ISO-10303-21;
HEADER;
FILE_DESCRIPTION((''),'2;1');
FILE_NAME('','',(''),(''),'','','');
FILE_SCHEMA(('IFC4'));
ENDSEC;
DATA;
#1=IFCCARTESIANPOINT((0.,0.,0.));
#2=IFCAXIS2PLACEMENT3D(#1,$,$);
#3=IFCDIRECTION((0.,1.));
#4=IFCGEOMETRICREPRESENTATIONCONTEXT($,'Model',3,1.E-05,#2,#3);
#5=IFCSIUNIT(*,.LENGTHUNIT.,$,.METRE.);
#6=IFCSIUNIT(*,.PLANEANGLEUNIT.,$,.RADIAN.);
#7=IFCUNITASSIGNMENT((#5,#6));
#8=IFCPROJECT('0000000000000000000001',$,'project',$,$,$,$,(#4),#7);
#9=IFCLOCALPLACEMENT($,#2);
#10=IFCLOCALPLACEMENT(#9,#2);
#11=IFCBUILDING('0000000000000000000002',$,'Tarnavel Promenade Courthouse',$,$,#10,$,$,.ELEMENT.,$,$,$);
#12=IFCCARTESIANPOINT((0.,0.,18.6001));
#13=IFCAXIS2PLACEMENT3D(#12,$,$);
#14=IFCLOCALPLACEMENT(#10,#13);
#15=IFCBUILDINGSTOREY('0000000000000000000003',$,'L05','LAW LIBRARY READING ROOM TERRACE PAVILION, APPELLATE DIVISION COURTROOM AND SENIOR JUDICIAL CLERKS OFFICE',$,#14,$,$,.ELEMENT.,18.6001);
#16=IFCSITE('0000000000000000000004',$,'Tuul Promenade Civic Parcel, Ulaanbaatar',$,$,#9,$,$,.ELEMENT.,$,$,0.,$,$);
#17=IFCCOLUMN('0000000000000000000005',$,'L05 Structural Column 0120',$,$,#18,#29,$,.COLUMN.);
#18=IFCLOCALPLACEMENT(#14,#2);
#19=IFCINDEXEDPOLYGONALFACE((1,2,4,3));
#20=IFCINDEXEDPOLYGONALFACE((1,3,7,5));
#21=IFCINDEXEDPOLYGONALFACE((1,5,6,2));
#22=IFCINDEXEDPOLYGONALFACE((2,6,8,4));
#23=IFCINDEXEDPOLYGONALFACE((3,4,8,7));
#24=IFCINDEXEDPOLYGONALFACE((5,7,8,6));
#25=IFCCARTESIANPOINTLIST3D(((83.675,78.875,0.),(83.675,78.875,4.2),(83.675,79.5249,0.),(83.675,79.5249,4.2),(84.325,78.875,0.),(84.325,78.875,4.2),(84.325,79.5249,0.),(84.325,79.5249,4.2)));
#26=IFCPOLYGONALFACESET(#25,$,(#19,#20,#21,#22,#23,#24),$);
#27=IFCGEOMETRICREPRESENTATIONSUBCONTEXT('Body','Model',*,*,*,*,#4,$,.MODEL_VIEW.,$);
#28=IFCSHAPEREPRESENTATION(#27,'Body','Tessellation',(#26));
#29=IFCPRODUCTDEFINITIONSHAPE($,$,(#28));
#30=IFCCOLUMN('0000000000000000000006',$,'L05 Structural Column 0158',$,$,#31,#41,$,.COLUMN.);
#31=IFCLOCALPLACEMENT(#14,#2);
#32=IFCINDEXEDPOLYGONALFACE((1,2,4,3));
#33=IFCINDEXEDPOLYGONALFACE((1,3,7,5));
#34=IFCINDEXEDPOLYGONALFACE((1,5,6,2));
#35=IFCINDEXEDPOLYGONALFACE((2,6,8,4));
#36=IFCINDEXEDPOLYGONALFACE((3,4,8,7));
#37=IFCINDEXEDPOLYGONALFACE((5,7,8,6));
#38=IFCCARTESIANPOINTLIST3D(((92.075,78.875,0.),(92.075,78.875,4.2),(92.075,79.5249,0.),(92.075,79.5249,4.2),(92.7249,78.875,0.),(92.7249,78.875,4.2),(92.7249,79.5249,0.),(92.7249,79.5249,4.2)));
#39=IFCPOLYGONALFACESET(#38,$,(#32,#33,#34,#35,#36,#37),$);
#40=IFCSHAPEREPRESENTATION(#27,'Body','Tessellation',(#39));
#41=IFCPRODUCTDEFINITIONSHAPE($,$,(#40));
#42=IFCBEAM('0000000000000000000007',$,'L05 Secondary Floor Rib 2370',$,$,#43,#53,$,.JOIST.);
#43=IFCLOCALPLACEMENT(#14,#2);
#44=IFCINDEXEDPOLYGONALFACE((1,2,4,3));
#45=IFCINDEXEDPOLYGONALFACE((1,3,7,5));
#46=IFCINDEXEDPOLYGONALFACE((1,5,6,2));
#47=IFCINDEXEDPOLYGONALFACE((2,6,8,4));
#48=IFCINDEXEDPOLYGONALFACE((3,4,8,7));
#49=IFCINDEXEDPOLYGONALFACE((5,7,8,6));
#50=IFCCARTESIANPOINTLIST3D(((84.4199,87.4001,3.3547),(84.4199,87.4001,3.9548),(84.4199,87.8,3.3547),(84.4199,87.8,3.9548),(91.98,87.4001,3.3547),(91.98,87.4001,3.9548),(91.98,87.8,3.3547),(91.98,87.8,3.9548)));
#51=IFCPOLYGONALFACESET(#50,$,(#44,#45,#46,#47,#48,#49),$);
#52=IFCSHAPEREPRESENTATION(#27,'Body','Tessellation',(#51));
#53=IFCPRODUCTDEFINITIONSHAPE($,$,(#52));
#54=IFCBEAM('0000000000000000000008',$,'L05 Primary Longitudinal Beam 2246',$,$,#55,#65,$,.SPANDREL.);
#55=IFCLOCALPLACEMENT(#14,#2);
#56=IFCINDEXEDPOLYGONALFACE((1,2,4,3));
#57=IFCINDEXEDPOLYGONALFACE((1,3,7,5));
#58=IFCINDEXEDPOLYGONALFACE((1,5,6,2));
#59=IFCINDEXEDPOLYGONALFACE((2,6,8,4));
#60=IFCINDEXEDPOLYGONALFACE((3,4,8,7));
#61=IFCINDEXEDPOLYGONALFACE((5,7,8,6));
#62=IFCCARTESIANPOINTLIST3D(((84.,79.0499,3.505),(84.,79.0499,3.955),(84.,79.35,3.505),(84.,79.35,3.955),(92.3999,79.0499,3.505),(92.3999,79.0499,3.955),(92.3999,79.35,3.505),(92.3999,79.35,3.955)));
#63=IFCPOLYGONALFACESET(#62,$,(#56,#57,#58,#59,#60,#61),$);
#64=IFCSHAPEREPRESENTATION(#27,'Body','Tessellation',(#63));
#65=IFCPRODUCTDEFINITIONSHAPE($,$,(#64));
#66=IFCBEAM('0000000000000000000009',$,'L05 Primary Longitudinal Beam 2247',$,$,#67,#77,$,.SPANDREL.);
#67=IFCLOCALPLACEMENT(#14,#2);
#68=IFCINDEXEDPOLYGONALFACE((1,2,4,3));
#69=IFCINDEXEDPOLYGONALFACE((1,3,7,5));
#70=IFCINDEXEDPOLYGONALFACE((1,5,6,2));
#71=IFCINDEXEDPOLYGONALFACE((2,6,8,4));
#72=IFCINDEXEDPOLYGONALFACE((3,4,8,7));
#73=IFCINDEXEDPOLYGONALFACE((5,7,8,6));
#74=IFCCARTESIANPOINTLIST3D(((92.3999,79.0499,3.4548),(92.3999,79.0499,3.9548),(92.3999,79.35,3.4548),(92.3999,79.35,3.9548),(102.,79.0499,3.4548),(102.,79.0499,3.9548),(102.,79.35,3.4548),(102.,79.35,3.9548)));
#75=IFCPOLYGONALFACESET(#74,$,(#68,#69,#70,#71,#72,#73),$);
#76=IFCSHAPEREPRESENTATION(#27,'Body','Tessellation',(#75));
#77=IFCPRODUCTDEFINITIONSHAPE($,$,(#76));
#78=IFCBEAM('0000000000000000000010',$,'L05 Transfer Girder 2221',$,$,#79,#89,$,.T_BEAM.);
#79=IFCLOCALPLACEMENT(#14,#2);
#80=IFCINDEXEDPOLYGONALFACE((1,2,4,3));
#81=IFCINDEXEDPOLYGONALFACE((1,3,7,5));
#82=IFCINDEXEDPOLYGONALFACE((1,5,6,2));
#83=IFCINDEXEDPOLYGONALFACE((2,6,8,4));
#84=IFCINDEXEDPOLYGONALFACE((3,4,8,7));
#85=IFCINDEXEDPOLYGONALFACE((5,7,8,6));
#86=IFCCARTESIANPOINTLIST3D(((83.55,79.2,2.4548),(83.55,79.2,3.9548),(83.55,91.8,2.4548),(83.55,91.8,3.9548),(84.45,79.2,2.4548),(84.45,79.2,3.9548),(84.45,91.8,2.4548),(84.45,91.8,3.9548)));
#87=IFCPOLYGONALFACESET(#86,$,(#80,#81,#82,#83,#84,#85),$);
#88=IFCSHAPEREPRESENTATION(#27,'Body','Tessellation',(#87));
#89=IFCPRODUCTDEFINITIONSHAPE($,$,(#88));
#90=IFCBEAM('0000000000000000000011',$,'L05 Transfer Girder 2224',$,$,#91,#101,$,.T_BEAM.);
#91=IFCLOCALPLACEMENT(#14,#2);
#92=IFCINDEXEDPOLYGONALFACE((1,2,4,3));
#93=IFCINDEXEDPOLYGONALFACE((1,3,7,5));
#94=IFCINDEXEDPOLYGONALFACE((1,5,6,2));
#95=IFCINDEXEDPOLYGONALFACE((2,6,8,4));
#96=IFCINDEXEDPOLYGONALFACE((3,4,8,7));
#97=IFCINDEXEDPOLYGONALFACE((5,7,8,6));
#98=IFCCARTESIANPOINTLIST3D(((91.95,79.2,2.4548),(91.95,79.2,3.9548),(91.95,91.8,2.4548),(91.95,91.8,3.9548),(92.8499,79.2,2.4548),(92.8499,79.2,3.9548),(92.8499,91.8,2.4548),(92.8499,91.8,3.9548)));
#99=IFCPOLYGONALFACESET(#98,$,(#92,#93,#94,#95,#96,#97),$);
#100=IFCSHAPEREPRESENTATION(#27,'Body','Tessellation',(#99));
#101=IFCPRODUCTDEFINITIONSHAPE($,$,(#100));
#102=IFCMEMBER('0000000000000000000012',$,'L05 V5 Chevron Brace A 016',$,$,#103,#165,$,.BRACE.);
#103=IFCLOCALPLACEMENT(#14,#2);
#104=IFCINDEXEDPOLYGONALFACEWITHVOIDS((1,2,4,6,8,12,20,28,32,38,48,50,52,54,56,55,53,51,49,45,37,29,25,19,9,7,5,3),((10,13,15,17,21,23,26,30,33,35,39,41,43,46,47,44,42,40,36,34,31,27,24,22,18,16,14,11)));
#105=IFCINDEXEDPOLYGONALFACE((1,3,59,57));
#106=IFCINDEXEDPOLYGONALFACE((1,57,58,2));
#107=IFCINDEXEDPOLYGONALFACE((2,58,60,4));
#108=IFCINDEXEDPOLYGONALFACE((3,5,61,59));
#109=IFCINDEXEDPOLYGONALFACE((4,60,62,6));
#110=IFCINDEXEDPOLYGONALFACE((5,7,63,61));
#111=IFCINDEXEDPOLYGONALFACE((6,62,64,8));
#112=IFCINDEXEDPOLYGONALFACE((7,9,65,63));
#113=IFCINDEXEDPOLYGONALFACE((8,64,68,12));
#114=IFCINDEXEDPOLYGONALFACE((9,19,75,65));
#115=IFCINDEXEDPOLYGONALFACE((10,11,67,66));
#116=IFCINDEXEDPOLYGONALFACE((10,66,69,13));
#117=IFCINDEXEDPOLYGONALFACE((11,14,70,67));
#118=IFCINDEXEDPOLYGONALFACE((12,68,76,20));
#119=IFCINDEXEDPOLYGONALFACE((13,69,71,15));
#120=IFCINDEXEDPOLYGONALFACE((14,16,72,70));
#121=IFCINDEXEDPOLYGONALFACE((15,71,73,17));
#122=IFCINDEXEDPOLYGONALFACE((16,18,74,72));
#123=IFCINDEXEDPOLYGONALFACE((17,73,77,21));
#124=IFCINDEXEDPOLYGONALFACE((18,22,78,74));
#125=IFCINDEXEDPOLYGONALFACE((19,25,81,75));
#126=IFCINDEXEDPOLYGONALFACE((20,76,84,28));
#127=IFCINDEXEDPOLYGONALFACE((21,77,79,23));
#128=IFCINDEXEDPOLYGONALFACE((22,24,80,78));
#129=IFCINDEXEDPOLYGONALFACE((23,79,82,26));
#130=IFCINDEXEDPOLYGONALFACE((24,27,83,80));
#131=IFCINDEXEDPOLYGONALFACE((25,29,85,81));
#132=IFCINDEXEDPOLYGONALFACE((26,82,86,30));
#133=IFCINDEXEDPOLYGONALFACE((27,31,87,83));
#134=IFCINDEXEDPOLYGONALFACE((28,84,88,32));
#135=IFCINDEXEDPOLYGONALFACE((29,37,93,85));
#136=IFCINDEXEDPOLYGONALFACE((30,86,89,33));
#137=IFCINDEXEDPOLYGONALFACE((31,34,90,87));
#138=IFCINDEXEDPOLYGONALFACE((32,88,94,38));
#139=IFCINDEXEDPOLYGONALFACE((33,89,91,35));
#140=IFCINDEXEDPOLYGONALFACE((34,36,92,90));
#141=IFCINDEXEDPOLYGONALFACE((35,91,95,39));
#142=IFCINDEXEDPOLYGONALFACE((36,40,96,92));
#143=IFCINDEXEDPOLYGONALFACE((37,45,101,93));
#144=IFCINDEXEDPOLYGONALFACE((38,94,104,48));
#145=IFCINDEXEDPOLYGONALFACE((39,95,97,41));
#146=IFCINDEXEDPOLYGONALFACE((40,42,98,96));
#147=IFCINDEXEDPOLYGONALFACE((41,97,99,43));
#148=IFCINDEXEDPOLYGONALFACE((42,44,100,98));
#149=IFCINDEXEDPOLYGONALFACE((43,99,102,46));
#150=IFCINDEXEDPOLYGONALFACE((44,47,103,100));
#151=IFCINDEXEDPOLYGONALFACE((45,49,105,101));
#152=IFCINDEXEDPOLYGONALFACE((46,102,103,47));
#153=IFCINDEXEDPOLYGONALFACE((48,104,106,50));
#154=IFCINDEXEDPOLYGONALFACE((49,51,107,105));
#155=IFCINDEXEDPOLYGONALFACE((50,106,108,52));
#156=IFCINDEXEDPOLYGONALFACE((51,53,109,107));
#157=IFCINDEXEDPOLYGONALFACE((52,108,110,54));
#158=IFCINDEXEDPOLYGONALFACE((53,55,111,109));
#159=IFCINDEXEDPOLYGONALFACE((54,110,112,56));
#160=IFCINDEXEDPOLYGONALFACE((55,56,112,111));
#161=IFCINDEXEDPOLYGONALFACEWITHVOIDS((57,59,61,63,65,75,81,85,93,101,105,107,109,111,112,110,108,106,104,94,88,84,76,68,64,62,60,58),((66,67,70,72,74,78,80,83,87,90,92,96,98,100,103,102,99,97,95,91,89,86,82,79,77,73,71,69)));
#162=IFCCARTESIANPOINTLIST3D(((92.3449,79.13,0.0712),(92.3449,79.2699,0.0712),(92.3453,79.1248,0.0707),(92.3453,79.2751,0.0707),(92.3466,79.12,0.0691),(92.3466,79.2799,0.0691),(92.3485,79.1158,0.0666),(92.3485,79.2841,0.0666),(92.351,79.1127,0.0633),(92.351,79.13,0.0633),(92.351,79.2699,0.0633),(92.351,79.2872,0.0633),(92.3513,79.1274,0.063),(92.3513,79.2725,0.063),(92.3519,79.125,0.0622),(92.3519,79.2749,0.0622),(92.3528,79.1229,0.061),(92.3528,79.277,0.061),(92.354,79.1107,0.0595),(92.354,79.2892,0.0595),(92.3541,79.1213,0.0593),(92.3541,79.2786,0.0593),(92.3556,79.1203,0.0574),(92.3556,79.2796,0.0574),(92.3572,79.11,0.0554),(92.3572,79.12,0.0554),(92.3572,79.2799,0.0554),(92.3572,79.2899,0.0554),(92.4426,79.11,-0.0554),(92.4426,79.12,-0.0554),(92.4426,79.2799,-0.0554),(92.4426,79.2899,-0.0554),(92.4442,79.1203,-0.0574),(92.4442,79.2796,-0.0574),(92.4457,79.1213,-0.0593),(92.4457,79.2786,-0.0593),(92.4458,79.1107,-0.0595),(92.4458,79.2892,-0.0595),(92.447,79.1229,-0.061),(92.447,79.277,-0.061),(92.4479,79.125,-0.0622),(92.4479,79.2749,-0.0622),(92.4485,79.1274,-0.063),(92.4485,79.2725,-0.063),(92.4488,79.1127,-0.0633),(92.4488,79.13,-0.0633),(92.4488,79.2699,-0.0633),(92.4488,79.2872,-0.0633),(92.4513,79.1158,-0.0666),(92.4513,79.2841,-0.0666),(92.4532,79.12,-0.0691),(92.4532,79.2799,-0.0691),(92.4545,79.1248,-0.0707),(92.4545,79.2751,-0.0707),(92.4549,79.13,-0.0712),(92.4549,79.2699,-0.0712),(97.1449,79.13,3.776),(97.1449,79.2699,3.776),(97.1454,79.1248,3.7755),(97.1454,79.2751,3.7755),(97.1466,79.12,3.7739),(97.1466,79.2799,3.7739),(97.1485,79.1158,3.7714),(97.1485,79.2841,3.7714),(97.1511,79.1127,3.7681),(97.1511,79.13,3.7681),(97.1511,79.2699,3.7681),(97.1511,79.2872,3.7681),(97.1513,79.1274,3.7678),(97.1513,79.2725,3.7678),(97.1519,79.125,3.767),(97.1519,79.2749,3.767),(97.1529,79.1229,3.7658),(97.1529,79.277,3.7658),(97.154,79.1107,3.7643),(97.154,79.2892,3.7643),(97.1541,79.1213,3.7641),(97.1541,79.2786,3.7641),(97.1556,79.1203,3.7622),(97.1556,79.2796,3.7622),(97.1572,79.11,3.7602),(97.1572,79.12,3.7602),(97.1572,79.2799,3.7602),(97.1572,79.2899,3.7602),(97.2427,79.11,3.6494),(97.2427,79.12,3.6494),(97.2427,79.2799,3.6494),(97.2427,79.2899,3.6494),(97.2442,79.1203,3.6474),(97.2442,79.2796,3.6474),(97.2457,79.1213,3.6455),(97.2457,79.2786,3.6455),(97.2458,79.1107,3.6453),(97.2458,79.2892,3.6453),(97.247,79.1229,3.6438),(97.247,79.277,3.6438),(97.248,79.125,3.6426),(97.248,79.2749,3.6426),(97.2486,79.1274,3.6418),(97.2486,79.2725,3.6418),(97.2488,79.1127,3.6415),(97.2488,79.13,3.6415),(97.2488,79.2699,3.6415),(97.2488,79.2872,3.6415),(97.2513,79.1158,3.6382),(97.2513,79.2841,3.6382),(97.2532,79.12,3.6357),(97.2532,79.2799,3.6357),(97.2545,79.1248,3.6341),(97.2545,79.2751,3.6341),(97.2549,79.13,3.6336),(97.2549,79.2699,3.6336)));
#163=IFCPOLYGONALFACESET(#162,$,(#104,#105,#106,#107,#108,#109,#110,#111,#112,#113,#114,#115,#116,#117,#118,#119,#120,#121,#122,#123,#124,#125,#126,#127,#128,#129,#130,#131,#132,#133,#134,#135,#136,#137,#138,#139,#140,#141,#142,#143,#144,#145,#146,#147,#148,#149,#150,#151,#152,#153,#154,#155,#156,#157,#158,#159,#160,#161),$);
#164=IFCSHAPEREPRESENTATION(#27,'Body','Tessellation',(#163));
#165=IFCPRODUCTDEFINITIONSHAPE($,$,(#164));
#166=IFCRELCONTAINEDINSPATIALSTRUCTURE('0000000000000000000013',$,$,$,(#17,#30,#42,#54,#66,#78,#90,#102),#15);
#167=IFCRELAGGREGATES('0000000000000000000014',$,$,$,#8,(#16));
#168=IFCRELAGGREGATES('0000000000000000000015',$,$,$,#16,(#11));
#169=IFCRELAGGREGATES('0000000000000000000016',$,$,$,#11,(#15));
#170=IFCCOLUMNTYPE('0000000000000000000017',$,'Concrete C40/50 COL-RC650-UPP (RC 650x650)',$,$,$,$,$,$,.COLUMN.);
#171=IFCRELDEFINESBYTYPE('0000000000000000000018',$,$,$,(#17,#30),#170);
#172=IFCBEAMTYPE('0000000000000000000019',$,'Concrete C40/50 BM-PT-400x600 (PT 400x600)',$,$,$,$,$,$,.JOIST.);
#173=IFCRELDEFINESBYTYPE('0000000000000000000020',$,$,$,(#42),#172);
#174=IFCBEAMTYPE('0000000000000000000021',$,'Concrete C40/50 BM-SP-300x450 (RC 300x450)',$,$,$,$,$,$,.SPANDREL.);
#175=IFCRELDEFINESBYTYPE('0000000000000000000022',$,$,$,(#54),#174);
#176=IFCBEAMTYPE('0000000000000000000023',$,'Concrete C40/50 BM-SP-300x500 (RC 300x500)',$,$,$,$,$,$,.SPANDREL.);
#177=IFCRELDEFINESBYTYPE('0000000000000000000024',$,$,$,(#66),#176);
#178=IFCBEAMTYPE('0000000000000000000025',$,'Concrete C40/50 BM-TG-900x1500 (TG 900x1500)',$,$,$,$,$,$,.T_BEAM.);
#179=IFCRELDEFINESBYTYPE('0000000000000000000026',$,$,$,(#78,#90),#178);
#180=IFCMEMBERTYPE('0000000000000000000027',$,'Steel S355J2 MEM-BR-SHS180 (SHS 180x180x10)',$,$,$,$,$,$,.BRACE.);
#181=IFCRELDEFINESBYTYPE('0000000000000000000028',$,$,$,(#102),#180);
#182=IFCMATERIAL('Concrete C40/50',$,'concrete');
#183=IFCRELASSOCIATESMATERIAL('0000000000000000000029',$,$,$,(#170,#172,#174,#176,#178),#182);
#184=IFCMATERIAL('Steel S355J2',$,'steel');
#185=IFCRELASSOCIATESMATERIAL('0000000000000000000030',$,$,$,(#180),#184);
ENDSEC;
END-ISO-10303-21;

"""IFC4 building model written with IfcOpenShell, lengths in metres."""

from ifc_helpers import new_model, si_unit, direction, frame, origin, origin_2d, place, context, subcontext, project, spatial, rectangle, hollow_rectangle, extrude, material, material_profile, profile_set, type_object, element, save


model = new_model("IFC4")

# Units and contexts
model_context = context("Model", 3, precision=1e-05, world=origin(), true_north=direction((0.0, 1.0)))
body_context = subcontext(model_context, "Body", "Model", "MODEL_VIEW")
ifc_project = project(units=[si_unit("LENGTHUNIT", "METRE"), si_unit("PLANEANGLEUNIT", "RADIAN")], contexts=[model_context])

# Site, building, storey
site_placement = place(None, origin())
site = spatial("IfcSite", under=ifc_project, at=site_placement, Name="Tuul Promenade Civic Parcel, Ulaanbaatar", CompositionType="ELEMENT", RefElevation=0.0)
building_placement = place(site_placement, origin())
building = spatial("IfcBuilding", under=site, at=building_placement, Name="Tarnavel Promenade Courthouse", CompositionType="ELEMENT")
storey_placement = place(building_placement, frame((0.0, 0.0, 18.6001)))
storey = spatial("IfcBuildingStorey", under=building, at=storey_placement, Name="L05", Description="LAW LIBRARY READING ROOM TERRACE PAVILION, APPELLATE DIVISION COURTROOM AND SENIOR JUDICIAL CLERKS OFFICE", CompositionType="ELEMENT", Elevation=18.6001)

# Columns
ifc_material_1 = material(Name="Concrete C40/50", Category="concrete")
ifc_material_profile_1 = material_profile(ifc_material_1, rectangle(XDim=0.6499, YDim=0.6499, at=origin_2d()), Name="RC 650x650")
ifc_profile_set_1 = profile_set([ifc_material_profile_1], Name="Concrete C40/50")
column_type = type_object("IfcColumnType", Name="Concrete C40/50 COL-RC650-UPP (RC 650x650)", PredefinedType="COLUMN", material=ifc_profile_set_1)
for number, where, z_axis, x_axis, name in (
    (1, (84.0, 79.2, 0.0), (0.0, 0.0, 1.0), (1.0, 0.0, 0.0), "L05 Structural Column 0120"),
    (2, (92.3999, 79.2, 0.0), (0.0, 0.0, 1.0), (1.0, 0.0, 0.0), "L05 Structural Column 0158"),
):
    element("IfcColumn", number, at=place(storey_placement, frame(where, z_axis=z_axis, x_axis=x_axis)), inside=storey, type_object=column_type, Name=name, PredefinedType="COLUMN", context=body_context, shape_type="SweptSolid", body=[
        extrude(rectangle(XDim=0.6499, YDim=0.6499, at=origin_2d()), origin(), (0.0, 0.0, 1.0), 4.2),
    ])

# Beams
ifc_material_profile_2 = material_profile(ifc_material_1, rectangle(XDim=0.3999, YDim=0.6001, at=origin_2d()), Name="PT 400x600")
ifc_profile_set_2 = profile_set([ifc_material_profile_2], Name="Concrete C40/50")
beam_type_1 = type_object("IfcBeamType", Name="Concrete C40/50 BM-PT-400x600 (PT 400x600)", PredefinedType="JOIST", material=ifc_profile_set_2)
beam_1_placement = place(storey_placement, frame((84.4199, 87.6001, 3.6548), z_axis=(1.0, 0.0, 0.0), x_axis=(0.0, 1.0, 0.0)))
element("IfcBeam", 3, at=beam_1_placement, inside=storey, type_object=beam_type_1, Name="L05 Secondary Floor Rib 2370", PredefinedType="JOIST", context=body_context, shape_type="SweptSolid", body=[
    extrude(rectangle(XDim=0.3999, YDim=0.6001, at=origin_2d()), origin(), (0.0, 0.0, 1.0), 7.5601),
])
ifc_material_profile_3 = material_profile(ifc_material_1, rectangle(XDim=0.3, YDim=0.45, at=origin_2d()), Name="RC 300x450")
ifc_profile_set_3 = profile_set([ifc_material_profile_3], Name="Concrete C40/50")
beam_type_2 = type_object("IfcBeamType", Name="Concrete C40/50 BM-SP-300x450 (RC 300x450)", PredefinedType="SPANDREL", material=ifc_profile_set_3)
beam_2_placement = place(storey_placement, frame((84.0, 79.2, 3.73), z_axis=(1.0, 0.0, 0.0), x_axis=(0.0, 1.0, 0.0)))
element("IfcBeam", 4, at=beam_2_placement, inside=storey, type_object=beam_type_2, Name="L05 Primary Longitudinal Beam 2246", PredefinedType="SPANDREL", context=body_context, shape_type="SweptSolid", body=[
    extrude(rectangle(XDim=0.3, YDim=0.45, at=origin_2d()), origin(), (0.0, 0.0, 1.0), 8.3999),
])
ifc_material_profile_4 = material_profile(ifc_material_1, rectangle(XDim=0.3, YDim=0.5, at=origin_2d()), Name="RC 300x500")
ifc_profile_set_4 = profile_set([ifc_material_profile_4], Name="Concrete C40/50")
beam_type_3 = type_object("IfcBeamType", Name="Concrete C40/50 BM-SP-300x500 (RC 300x500)", PredefinedType="SPANDREL", material=ifc_profile_set_4)
beam_3_placement = place(storey_placement, frame((92.3999, 79.2, 3.7048), z_axis=(1.0, 0.0, 0.0), x_axis=(0.0, 1.0, 0.0)))
element("IfcBeam", 5, at=beam_3_placement, inside=storey, type_object=beam_type_3, Name="L05 Primary Longitudinal Beam 2247", PredefinedType="SPANDREL", context=body_context, shape_type="SweptSolid", body=[
    extrude(rectangle(XDim=0.3, YDim=0.5, at=origin_2d()), origin(), (0.0, 0.0, 1.0), 9.6001),
])
ifc_material_profile_5 = material_profile(ifc_material_1, rectangle(XDim=0.8999, YDim=1.5, at=origin_2d()), Name="TG 900x1500")
ifc_profile_set_5 = profile_set([ifc_material_profile_5], Name="Concrete C40/50")
beam_type_4 = type_object("IfcBeamType", Name="Concrete C40/50 BM-TG-900x1500 (TG 900x1500)", PredefinedType="T_BEAM", material=ifc_profile_set_5)
for number, where, z_axis, x_axis, name in (
    (6, (84.0, 79.2, 3.2048), (0.0, 1.0, 0.0), (-1.0, 0.0, 0.0), "L05 Transfer Girder 2221"),
    (7, (92.3999, 79.2, 3.2048), (0.0, 1.0, 0.0), (-1.0, 0.0, 0.0), "L05 Transfer Girder 2224"),
):
    element("IfcBeam", number, at=place(storey_placement, frame(where, z_axis=z_axis, x_axis=x_axis)), inside=storey, type_object=beam_type_4, Name=name, PredefinedType="T_BEAM", context=body_context, shape_type="SweptSolid", body=[
        extrude(rectangle(XDim=0.8999, YDim=1.5, at=origin_2d()), origin(), (0.0, 0.0, 1.0), 12.6001),
    ])

# Member
ifc_material_2 = material(Name="Steel S355J2", Category="steel")
ifc_material_profile_6 = material_profile(ifc_material_2, hollow_rectangle(XDim=0.1799, YDim=0.1799, WallThickness=0.01, InnerFilletRadius=0.01, OuterFilletRadius=0.02, at=origin_2d()), Name="SHS 180x180x10")
ifc_profile_set_6 = profile_set([ifc_material_profile_6], Name="Steel S355J2")
member_type = type_object("IfcMemberType", Name="Steel S355J2 MEM-BR-SHS180 (SHS 180x180x10)", PredefinedType="BRACE", material=ifc_profile_set_6)
member_placement = place(storey_placement, frame((92.3999, 79.2, 0.0), z_axis=(0.791628, 0.0, 0.611004), x_axis=(0.0, 1.0, 0.0)))
element("IfcMember", 8, at=member_placement, inside=storey, type_object=member_type, Name="L05 V5 Chevron Brace A 016", PredefinedType="BRACE", context=body_context, shape_type="SweptSolid", body=[
    extrude(hollow_rectangle(XDim=0.1799, YDim=0.1799, WallThickness=0.01, InnerFilletRadius=0.01, OuterFilletRadius=0.02, at=origin_2d()), origin(), (0.0, 0.0, 1.0), 6.0635),
])

save(model, "model.ifc")
